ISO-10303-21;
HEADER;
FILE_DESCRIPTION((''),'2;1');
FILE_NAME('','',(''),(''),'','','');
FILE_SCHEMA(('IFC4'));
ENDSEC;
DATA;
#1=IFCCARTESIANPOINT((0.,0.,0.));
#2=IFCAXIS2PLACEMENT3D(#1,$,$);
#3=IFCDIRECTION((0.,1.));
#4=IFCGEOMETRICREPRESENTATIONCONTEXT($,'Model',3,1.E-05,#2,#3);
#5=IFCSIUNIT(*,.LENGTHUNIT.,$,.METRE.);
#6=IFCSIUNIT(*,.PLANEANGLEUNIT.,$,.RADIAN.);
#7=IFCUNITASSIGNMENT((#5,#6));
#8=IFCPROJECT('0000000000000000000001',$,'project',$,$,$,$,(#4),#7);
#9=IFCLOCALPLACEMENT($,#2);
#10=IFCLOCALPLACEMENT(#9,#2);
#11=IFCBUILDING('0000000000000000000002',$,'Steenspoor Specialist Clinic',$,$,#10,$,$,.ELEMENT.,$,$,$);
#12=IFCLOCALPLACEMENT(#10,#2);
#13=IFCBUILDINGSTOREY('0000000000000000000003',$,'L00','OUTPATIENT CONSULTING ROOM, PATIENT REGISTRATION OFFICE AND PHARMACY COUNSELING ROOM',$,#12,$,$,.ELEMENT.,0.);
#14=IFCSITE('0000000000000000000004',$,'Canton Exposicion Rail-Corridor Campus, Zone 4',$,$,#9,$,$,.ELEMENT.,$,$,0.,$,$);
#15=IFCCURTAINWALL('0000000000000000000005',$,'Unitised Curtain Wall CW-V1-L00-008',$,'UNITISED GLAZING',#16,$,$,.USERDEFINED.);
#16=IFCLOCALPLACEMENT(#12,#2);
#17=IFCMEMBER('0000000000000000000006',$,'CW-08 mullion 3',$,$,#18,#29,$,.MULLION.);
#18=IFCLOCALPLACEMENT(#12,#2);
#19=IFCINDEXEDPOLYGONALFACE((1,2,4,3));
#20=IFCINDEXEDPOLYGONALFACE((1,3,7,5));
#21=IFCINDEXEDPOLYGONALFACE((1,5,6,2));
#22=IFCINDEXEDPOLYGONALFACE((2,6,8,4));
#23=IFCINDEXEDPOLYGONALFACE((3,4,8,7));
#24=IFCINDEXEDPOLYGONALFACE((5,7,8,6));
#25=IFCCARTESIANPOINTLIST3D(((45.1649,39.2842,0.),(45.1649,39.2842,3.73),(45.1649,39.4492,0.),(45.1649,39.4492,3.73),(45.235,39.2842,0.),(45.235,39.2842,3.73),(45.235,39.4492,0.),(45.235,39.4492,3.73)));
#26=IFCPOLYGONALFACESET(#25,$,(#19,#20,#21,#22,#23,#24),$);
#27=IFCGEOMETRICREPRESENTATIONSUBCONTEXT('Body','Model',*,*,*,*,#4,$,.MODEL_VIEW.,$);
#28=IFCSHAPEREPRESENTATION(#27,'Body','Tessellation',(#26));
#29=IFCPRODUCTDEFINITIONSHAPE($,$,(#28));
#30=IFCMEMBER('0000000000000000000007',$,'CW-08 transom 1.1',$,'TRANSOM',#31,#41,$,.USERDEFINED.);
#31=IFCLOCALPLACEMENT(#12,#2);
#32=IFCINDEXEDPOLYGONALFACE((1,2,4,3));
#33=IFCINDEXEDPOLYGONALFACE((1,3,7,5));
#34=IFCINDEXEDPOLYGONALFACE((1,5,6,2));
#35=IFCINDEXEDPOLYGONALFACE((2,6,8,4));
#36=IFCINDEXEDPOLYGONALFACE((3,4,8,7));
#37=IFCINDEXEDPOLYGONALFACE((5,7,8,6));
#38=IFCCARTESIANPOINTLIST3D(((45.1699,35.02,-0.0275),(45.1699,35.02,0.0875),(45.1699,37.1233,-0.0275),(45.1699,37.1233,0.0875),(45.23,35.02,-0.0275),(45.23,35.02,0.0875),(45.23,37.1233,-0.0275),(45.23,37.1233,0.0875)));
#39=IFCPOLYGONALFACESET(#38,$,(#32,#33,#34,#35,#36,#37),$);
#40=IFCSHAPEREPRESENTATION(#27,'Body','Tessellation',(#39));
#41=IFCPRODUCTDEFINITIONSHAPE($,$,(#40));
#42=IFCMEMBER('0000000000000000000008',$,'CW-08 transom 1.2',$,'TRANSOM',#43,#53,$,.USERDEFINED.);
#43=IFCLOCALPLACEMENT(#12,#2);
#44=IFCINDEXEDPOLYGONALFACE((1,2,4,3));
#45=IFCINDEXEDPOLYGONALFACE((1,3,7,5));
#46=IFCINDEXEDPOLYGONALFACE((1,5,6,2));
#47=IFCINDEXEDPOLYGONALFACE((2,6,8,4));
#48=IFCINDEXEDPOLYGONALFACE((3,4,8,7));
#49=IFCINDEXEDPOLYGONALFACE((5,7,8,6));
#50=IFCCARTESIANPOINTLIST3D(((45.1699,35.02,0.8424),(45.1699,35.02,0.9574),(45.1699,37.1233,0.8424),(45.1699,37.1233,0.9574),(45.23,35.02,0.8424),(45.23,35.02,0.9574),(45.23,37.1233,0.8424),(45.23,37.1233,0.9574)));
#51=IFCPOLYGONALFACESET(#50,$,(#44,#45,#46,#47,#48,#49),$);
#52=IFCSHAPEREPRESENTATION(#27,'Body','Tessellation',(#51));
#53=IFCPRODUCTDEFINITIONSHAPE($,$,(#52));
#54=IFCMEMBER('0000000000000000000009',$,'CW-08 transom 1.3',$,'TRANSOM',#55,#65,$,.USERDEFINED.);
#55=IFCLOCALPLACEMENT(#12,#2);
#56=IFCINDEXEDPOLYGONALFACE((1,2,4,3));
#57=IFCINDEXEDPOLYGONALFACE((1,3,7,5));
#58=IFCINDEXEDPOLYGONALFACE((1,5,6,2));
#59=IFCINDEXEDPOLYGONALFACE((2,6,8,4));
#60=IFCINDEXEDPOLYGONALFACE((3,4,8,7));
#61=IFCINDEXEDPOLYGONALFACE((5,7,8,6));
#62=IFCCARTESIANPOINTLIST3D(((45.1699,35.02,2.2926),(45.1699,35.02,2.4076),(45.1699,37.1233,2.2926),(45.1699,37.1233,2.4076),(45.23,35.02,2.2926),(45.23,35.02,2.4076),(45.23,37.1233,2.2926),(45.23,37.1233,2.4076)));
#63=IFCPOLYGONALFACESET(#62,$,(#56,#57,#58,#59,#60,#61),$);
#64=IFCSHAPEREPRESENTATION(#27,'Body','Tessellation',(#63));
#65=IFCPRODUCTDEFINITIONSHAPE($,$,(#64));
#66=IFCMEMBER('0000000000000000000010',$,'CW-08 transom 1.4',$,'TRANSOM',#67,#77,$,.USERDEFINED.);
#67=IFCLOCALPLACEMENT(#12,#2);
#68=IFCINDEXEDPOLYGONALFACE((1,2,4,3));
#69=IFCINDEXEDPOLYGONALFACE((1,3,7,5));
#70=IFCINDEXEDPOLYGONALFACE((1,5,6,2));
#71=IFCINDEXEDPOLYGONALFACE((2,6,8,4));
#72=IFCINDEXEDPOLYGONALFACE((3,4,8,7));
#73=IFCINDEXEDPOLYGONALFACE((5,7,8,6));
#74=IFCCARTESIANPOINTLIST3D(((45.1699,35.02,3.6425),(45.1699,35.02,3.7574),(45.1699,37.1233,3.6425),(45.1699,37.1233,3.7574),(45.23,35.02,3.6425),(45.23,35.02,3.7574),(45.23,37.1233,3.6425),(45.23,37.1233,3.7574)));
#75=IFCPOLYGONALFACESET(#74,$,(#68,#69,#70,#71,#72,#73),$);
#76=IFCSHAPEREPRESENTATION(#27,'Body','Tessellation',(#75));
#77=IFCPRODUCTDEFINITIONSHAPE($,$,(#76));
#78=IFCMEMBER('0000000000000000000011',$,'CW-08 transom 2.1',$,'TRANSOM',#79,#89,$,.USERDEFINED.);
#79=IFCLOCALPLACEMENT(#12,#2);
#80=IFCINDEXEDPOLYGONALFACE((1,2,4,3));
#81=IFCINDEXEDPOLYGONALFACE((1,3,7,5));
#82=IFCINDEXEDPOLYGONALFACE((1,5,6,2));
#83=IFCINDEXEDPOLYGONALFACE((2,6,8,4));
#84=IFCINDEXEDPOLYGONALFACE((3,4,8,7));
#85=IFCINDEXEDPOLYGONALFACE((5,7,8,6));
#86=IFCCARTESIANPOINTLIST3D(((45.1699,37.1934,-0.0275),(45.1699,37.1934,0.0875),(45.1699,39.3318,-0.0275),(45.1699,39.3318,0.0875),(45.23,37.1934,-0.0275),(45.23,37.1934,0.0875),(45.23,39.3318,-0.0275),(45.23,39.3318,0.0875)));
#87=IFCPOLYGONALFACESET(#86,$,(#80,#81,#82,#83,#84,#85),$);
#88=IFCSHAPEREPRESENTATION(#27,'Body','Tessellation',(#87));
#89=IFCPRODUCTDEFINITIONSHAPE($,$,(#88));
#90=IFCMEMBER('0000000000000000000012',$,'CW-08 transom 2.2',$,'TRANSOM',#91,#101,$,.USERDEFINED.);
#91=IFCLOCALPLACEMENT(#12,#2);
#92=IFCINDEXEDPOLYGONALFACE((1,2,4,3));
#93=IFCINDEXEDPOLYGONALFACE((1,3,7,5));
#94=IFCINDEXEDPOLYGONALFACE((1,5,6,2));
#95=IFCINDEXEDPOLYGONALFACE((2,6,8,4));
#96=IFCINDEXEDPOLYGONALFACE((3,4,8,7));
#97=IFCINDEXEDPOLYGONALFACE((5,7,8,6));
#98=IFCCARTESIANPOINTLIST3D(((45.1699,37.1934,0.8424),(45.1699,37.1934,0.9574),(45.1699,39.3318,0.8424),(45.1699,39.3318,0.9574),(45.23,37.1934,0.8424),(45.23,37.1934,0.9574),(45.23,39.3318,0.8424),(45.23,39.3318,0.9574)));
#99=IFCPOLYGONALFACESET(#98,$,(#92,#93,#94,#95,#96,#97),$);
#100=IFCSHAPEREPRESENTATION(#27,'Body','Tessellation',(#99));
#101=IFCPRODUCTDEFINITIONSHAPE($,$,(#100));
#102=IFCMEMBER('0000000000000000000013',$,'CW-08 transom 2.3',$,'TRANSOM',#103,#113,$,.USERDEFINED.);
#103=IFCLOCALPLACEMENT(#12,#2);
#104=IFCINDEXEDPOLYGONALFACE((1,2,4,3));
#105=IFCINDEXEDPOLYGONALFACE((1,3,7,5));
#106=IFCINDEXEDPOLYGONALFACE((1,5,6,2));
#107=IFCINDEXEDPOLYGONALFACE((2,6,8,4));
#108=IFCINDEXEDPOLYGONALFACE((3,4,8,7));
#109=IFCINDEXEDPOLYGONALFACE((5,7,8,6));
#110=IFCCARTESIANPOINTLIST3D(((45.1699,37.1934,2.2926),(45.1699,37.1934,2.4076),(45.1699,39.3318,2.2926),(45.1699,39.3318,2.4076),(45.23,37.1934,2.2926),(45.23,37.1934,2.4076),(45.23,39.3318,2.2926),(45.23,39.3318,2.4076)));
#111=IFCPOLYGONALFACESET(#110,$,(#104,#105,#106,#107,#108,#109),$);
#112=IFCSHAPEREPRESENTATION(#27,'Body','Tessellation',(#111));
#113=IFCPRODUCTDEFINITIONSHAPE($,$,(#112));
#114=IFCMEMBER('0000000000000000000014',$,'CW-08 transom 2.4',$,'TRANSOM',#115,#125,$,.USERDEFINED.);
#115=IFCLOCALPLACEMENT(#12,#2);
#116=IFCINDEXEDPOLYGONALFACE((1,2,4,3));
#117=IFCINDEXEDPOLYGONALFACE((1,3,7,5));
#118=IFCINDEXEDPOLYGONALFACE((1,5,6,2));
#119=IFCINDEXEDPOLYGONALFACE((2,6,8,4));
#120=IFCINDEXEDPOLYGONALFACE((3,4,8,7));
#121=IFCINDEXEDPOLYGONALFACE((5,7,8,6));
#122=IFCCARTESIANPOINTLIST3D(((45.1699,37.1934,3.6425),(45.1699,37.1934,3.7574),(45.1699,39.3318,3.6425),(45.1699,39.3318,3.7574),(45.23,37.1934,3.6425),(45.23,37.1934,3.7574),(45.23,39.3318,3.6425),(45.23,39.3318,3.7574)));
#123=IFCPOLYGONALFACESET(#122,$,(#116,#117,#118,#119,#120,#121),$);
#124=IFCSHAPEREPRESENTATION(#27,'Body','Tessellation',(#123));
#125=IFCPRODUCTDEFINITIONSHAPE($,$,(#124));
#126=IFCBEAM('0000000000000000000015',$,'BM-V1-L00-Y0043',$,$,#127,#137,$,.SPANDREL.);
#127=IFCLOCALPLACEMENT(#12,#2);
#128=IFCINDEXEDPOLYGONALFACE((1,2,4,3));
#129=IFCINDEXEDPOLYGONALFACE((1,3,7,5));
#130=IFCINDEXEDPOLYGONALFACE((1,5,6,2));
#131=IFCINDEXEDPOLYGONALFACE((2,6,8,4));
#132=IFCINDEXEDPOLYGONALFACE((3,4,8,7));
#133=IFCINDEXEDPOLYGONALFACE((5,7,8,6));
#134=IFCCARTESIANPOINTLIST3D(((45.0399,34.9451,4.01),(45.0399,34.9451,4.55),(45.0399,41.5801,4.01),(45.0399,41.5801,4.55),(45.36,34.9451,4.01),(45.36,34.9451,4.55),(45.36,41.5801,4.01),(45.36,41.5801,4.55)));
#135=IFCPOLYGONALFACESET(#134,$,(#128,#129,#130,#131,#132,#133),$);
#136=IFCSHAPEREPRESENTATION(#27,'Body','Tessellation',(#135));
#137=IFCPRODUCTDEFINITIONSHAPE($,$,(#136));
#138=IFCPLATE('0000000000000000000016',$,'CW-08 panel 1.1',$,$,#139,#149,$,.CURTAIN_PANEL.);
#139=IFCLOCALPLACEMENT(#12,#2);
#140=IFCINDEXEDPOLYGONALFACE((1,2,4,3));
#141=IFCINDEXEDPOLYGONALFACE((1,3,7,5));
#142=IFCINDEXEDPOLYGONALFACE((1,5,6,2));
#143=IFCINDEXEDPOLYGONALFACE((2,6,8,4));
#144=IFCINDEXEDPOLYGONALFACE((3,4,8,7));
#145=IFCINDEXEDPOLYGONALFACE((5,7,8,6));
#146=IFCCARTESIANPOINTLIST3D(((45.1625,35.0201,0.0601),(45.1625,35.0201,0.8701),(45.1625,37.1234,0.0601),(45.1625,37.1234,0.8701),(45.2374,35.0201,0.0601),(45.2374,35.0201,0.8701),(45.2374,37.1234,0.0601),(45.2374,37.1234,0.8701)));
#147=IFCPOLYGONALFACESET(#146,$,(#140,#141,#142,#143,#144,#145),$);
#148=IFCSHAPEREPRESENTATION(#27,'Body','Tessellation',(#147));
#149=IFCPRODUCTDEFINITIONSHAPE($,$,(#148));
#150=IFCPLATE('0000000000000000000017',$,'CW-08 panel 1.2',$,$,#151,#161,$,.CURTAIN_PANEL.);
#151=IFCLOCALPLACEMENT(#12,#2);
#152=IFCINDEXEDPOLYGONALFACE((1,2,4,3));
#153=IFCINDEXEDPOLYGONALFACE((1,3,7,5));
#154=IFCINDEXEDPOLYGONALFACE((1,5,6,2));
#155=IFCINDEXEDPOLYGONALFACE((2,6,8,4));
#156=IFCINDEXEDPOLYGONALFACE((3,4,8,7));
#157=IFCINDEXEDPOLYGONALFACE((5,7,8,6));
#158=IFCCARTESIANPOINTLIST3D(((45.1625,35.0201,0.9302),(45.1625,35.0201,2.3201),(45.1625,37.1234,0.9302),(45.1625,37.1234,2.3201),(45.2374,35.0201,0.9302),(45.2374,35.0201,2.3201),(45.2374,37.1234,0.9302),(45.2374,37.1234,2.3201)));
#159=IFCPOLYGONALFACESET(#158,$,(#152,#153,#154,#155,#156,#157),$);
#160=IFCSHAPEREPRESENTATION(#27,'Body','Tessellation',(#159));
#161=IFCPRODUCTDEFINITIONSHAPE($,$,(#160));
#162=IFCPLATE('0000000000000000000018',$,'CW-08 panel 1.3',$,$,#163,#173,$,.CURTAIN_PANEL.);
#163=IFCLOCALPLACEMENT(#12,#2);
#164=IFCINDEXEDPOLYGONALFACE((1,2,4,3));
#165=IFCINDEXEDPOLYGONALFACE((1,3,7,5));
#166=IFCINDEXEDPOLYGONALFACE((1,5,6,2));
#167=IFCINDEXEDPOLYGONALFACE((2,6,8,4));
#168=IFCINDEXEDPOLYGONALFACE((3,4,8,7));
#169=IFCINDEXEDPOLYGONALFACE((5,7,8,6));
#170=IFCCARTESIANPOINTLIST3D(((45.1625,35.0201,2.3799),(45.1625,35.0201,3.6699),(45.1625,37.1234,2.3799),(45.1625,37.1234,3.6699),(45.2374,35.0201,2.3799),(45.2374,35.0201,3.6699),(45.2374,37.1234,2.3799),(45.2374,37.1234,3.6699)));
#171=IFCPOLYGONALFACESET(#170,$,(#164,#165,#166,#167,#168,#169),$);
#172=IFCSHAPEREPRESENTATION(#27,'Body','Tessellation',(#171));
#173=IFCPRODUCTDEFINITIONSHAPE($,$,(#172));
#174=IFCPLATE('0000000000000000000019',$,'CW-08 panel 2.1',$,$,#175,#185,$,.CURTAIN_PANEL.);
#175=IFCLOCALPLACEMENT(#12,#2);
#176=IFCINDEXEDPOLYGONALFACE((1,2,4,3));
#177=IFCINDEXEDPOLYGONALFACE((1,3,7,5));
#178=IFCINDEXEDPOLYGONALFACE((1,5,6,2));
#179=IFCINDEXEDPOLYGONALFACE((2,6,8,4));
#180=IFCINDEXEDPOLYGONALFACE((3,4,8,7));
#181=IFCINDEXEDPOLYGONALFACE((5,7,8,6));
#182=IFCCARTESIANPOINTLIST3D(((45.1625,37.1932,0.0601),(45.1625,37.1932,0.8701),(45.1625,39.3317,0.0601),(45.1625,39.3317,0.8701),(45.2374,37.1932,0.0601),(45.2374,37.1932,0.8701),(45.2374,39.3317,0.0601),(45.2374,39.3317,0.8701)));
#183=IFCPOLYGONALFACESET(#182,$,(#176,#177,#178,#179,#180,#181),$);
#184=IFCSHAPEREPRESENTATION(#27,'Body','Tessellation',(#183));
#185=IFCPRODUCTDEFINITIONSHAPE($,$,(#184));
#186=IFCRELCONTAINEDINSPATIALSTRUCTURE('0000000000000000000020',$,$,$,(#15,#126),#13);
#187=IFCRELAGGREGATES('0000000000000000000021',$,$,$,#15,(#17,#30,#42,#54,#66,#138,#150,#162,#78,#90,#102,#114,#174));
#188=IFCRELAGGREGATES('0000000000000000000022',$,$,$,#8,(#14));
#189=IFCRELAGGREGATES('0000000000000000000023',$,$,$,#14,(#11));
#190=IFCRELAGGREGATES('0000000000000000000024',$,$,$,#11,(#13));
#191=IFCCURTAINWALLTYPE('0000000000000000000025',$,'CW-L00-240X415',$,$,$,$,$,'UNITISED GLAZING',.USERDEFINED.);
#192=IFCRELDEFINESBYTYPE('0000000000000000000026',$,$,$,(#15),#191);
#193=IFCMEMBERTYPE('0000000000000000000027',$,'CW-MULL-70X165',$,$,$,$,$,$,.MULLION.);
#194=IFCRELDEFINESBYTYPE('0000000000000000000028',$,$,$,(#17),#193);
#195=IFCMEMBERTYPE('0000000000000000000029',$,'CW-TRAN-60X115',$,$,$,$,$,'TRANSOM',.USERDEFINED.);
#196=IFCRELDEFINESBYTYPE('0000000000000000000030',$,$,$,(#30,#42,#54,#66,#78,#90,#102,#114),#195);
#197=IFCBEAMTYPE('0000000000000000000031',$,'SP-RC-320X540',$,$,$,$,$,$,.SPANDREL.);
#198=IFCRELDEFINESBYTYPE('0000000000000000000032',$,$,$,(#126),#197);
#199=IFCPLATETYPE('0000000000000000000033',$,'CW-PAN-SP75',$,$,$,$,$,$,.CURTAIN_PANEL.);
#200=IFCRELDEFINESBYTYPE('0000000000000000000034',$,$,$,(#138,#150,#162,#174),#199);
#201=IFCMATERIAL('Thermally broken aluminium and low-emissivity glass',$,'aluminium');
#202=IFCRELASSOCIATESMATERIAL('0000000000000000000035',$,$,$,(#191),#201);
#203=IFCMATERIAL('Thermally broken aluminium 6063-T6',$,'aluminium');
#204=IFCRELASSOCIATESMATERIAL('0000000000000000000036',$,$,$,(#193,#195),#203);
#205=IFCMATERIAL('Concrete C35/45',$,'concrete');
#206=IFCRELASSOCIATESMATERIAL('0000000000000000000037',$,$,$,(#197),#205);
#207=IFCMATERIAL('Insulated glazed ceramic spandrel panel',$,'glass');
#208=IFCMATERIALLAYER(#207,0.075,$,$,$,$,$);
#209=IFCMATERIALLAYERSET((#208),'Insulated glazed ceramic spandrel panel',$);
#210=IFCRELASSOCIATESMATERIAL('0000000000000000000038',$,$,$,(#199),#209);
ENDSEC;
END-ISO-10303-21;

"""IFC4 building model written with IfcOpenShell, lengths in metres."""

from ifc_helpers import new_model, si_unit, direction, frame, origin, origin_2d, place, context, subcontext, project, spatial, rectangle, extrude, material, layer, layer_set, material_profile, profile_set, type_object, element, aggregate, save


model = new_model("IFC4")

# Units and contexts
model_context = context("Model", 3, precision=1e-05, world=origin(), true_north=direction((0.0, 1.0)))
body_context = subcontext(model_context, "Body", "Model", "MODEL_VIEW")
ifc_project = project(units=[si_unit("LENGTHUNIT", "METRE"), si_unit("PLANEANGLEUNIT", "RADIAN")], contexts=[model_context])

# Site, building, storey
site_placement = place(None, origin())
site = spatial("IfcSite", under=ifc_project, at=site_placement, Name="Canton Exposicion Rail-Corridor Campus, Zone 4", CompositionType="ELEMENT", RefElevation=0.0)
building_placement = place(site_placement, origin())
building = spatial("IfcBuilding", under=site, at=building_placement, Name="Steenspoor Specialist Clinic", CompositionType="ELEMENT")
storey_placement = place(building_placement, origin())
storey = spatial("IfcBuildingStorey", under=building, at=storey_placement, Name="L00", Description="OUTPATIENT CONSULTING ROOM, PATIENT REGISTRATION OFFICE AND PHARMACY COUNSELING ROOM", CompositionType="ELEMENT", Elevation=0.0)

# Shared definitions
ifc_material_1 = material(Name="Concrete C35/45", Category="concrete")

# Curtain wall, members
ifc_material_2 = material(Name="Thermally broken aluminium and low-emissivity glass", Category="aluminium")
curtain_wall_type = type_object("IfcCurtainWallType", Name="CW-L00-240X415", ElementType="UNITISED GLAZING", PredefinedType="USERDEFINED", material=ifc_material_2)
curtain_wall_placement = place(storey_placement, origin())
curtain_wall = element("IfcCurtainWall", 1, at=curtain_wall_placement, inside=storey, type_object=curtain_wall_type, Name="Unitised Curtain Wall CW-V1-L00-008", ObjectType="UNITISED GLAZING", PredefinedType="USERDEFINED")
ifc_material_3 = material(Name="Thermally broken aluminium 6063-T6", Category="aluminium")
ifc_material_profile_1 = material_profile(ifc_material_3, rectangle(XDim=0.0701, YDim=0.165, at=origin_2d()), Name="CWM-70X165")
ifc_profile_set_1 = profile_set([ifc_material_profile_1], Name="Thermally broken aluminium 6063-T6")
member_type_1 = type_object("IfcMemberType", Name="CW-MULL-70X165", PredefinedType="MULLION", material=ifc_profile_set_1)
member_1_placement = place(storey_placement, frame((45.2, 39.3667, 0.0), z_axis=(0.0, 0.0, 1.0), x_axis=(-1.0, 0.0, 0.0)))
member_1 = element("IfcMember", 2, at=member_1_placement, type_object=member_type_1, Name="CW-08 mullion 3", PredefinedType="MULLION", context=body_context, shape_type="SweptSolid", body=[
    extrude(rectangle(XDim=0.0701, YDim=0.165, at=origin_2d()), origin(), (0.0, 0.0, 1.0), 3.73),
])
ifc_material_profile_2 = material_profile(ifc_material_3, rectangle(XDim=0.0601, YDim=0.115, at=origin_2d()), Name="CWT-60X115")
ifc_profile_set_2 = profile_set([ifc_material_profile_2], Name="Thermally broken aluminium 6063-T6")
member_type_2 = type_object("IfcMemberType", Name="CW-TRAN-60X115", ElementType="TRANSOM", PredefinedType="USERDEFINED", material=ifc_profile_set_2)
member_2_placement = place(storey_placement, frame((45.2, 35.02, 0.03), z_axis=(0.0, 1.0, 0.0), x_axis=(-1.0, 0.0, 0.0)))
member_2 = element("IfcMember", 3, at=member_2_placement, type_object=member_type_2, Name="CW-08 transom 1.1", ObjectType="TRANSOM", PredefinedType="USERDEFINED", context=body_context, shape_type="SweptSolid", body=[
    extrude(rectangle(XDim=0.0601, YDim=0.115, at=origin_2d()), origin(), (0.0, 0.0, 1.0), 2.1033),
])
member_3_placement = place(storey_placement, frame((45.2, 35.02, 0.8999), z_axis=(0.0, 1.0, 0.0), x_axis=(-1.0, 0.0, 0.0)))
member_3 = element("IfcMember", 4, at=member_3_placement, type_object=member_type_2, Name="CW-08 transom 1.2", ObjectType="TRANSOM", PredefinedType="USERDEFINED", context=body_context, shape_type="SweptSolid", body=[
    extrude(rectangle(XDim=0.0601, YDim=0.115, at=origin_2d()), origin(), (0.0, 0.0, 1.0), 2.1033),
])
member_4_placement = place(storey_placement, frame((45.2, 35.02, 2.3501), z_axis=(0.0, 1.0, 0.0), x_axis=(-1.0, 0.0, 0.0)))
member_4 = element("IfcMember", 5, at=member_4_placement, type_object=member_type_2, Name="CW-08 transom 1.3", ObjectType="TRANSOM", PredefinedType="USERDEFINED", context=body_context, shape_type="SweptSolid", body=[
    extrude(rectangle(XDim=0.0601, YDim=0.115, at=origin_2d()), origin(), (0.0, 0.0, 1.0), 2.1033),
])
member_5_placement = place(storey_placement, frame((45.2, 35.02, 3.7), z_axis=(0.0, 1.0, 0.0), x_axis=(-1.0, 0.0, 0.0)))
member_5 = element("IfcMember", 6, at=member_5_placement, type_object=member_type_2, Name="CW-08 transom 1.4", ObjectType="TRANSOM", PredefinedType="USERDEFINED", context=body_context, shape_type="SweptSolid", body=[
    extrude(rectangle(XDim=0.0601, YDim=0.115, at=origin_2d()), origin(), (0.0, 0.0, 1.0), 2.1033),
])
member_6_placement = place(storey_placement, frame((45.2, 37.1934, 0.03), z_axis=(0.0, 1.0, 0.0), x_axis=(-1.0, 0.0, 0.0)))
member_6 = element("IfcMember", 7, at=member_6_placement, type_object=member_type_2, Name="CW-08 transom 2.1", ObjectType="TRANSOM", PredefinedType="USERDEFINED", context=body_context, shape_type="SweptSolid", body=[
    extrude(rectangle(XDim=0.0601, YDim=0.115, at=origin_2d()), origin(), (0.0, 0.0, 1.0), 2.1384),
])
member_7_placement = place(storey_placement, frame((45.2, 37.1934, 0.8999), z_axis=(0.0, 1.0, 0.0), x_axis=(-1.0, 0.0, 0.0)))
member_7 = element("IfcMember", 8, at=member_7_placement, type_object=member_type_2, Name="CW-08 transom 2.2", ObjectType="TRANSOM", PredefinedType="USERDEFINED", context=body_context, shape_type="SweptSolid", body=[
    extrude(rectangle(XDim=0.0601, YDim=0.115, at=origin_2d()), origin(), (0.0, 0.0, 1.0), 2.1384),
])
member_8_placement = place(storey_placement, frame((45.2, 37.1934, 2.3501), z_axis=(0.0, 1.0, 0.0), x_axis=(-1.0, 0.0, 0.0)))
member_8 = element("IfcMember", 9, at=member_8_placement, type_object=member_type_2, Name="CW-08 transom 2.3", ObjectType="TRANSOM", PredefinedType="USERDEFINED", context=body_context, shape_type="SweptSolid", body=[
    extrude(rectangle(XDim=0.0601, YDim=0.115, at=origin_2d()), origin(), (0.0, 0.0, 1.0), 2.1384),
])
member_9_placement = place(storey_placement, frame((45.2, 37.1934, 3.7), z_axis=(0.0, 1.0, 0.0), x_axis=(-1.0, 0.0, 0.0)))
member_9 = element("IfcMember", 10, at=member_9_placement, type_object=member_type_2, Name="CW-08 transom 2.4", ObjectType="TRANSOM", PredefinedType="USERDEFINED", context=body_context, shape_type="SweptSolid", body=[
    extrude(rectangle(XDim=0.0601, YDim=0.115, at=origin_2d()), origin(), (0.0, 0.0, 1.0), 2.1384),
])

# Beam
ifc_material_profile_3 = material_profile(ifc_material_1, rectangle(XDim=0.3201, YDim=0.54, at=origin_2d()), Name="RC-SP-320X540")
ifc_profile_set_3 = profile_set([ifc_material_profile_3], Name="Concrete C35/45")
beam_type_1 = type_object("IfcBeamType", Name="SP-RC-320X540", PredefinedType="SPANDREL", material=ifc_profile_set_3)
beam_placement = place(storey_placement, frame((45.2, 34.9451, 4.28), z_axis=(0.0, 1.0, 0.0), x_axis=(-1.0, 0.0, 0.0)))
element("IfcBeam", 11, at=beam_placement, inside=storey, type_object=beam_type_1, Name="BM-V1-L00-Y0043", PredefinedType="SPANDREL", context=body_context, shape_type="SweptSolid", body=[
    extrude(rectangle(XDim=0.3201, YDim=0.54, at=origin_2d()), origin(), (0.0, 0.0, 1.0), 6.635),
])

# Plates
ifc_material_4 = material(Name="Insulated glazed ceramic spandrel panel", Category="glass")
ifc_layer_1 = layer(ifc_material_4, 0.075)
ifc_layer_set_1 = layer_set([ifc_layer_1], Name="Insulated glazed ceramic spandrel panel")
plate_type_1 = type_object("IfcPlateType", Name="CW-PAN-SP75", PredefinedType="CURTAIN_PANEL", material=ifc_layer_set_1)
plate_1_placement = place(storey_placement, frame((45.2, 36.0718, 0.0601), z_axis=(0.0, 0.0, 1.0), x_axis=(0.0, 1.0, 0.0)))
plate_1 = element("IfcPlate", 12, at=plate_1_placement, type_object=plate_type_1, Name="CW-08 panel 1.1", PredefinedType="CURTAIN_PANEL", context=body_context, shape_type="SweptSolid", body=[
    extrude(rectangle(XDim=2.1033, YDim=0.075, at=origin_2d()), origin(), (0.0, 0.0, 1.0), 0.8101),
])
plate_2_placement = place(storey_placement, frame((45.2, 36.0718, 0.9302), z_axis=(0.0, 0.0, 1.0), x_axis=(0.0, 1.0, 0.0)))
plate_2 = element("IfcPlate", 13, at=plate_2_placement, type_object=plate_type_1, Name="CW-08 panel 1.2", PredefinedType="CURTAIN_PANEL", context=body_context, shape_type="SweptSolid", body=[
    extrude(rectangle(XDim=2.1033, YDim=0.075, at=origin_2d()), origin(), (0.0, 0.0, 1.0), 1.3899),
])
plate_3_placement = place(storey_placement, frame((45.2, 36.0718, 2.3799), z_axis=(0.0, 0.0, 1.0), x_axis=(0.0, 1.0, 0.0)))
plate_3 = element("IfcPlate", 14, at=plate_3_placement, type_object=plate_type_1, Name="CW-08 panel 1.3", PredefinedType="CURTAIN_PANEL", context=body_context, shape_type="SweptSolid", body=[
    extrude(rectangle(XDim=2.1033, YDim=0.075, at=origin_2d()), origin(), (0.0, 0.0, 1.0), 1.29),
])
plate_4_placement = place(storey_placement, frame((45.2, 38.2625, 0.0601), z_axis=(0.0, 0.0, 1.0), x_axis=(0.0, 1.0, 0.0)))
plate_4 = element("IfcPlate", 15, at=plate_4_placement, type_object=plate_type_1, Name="CW-08 panel 2.1", PredefinedType="CURTAIN_PANEL", context=body_context, shape_type="SweptSolid", body=[
    extrude(rectangle(XDim=2.1384, YDim=0.075, at=origin_2d()), origin(), (0.0, 0.0, 1.0), 0.8101),
])
aggregate(curtain_wall, [member_1, member_2, member_3, member_4, member_5, plate_1, plate_2, plate_3, member_6, member_7, member_8, member_9, plate_4])

save(model, "model.ifc")
